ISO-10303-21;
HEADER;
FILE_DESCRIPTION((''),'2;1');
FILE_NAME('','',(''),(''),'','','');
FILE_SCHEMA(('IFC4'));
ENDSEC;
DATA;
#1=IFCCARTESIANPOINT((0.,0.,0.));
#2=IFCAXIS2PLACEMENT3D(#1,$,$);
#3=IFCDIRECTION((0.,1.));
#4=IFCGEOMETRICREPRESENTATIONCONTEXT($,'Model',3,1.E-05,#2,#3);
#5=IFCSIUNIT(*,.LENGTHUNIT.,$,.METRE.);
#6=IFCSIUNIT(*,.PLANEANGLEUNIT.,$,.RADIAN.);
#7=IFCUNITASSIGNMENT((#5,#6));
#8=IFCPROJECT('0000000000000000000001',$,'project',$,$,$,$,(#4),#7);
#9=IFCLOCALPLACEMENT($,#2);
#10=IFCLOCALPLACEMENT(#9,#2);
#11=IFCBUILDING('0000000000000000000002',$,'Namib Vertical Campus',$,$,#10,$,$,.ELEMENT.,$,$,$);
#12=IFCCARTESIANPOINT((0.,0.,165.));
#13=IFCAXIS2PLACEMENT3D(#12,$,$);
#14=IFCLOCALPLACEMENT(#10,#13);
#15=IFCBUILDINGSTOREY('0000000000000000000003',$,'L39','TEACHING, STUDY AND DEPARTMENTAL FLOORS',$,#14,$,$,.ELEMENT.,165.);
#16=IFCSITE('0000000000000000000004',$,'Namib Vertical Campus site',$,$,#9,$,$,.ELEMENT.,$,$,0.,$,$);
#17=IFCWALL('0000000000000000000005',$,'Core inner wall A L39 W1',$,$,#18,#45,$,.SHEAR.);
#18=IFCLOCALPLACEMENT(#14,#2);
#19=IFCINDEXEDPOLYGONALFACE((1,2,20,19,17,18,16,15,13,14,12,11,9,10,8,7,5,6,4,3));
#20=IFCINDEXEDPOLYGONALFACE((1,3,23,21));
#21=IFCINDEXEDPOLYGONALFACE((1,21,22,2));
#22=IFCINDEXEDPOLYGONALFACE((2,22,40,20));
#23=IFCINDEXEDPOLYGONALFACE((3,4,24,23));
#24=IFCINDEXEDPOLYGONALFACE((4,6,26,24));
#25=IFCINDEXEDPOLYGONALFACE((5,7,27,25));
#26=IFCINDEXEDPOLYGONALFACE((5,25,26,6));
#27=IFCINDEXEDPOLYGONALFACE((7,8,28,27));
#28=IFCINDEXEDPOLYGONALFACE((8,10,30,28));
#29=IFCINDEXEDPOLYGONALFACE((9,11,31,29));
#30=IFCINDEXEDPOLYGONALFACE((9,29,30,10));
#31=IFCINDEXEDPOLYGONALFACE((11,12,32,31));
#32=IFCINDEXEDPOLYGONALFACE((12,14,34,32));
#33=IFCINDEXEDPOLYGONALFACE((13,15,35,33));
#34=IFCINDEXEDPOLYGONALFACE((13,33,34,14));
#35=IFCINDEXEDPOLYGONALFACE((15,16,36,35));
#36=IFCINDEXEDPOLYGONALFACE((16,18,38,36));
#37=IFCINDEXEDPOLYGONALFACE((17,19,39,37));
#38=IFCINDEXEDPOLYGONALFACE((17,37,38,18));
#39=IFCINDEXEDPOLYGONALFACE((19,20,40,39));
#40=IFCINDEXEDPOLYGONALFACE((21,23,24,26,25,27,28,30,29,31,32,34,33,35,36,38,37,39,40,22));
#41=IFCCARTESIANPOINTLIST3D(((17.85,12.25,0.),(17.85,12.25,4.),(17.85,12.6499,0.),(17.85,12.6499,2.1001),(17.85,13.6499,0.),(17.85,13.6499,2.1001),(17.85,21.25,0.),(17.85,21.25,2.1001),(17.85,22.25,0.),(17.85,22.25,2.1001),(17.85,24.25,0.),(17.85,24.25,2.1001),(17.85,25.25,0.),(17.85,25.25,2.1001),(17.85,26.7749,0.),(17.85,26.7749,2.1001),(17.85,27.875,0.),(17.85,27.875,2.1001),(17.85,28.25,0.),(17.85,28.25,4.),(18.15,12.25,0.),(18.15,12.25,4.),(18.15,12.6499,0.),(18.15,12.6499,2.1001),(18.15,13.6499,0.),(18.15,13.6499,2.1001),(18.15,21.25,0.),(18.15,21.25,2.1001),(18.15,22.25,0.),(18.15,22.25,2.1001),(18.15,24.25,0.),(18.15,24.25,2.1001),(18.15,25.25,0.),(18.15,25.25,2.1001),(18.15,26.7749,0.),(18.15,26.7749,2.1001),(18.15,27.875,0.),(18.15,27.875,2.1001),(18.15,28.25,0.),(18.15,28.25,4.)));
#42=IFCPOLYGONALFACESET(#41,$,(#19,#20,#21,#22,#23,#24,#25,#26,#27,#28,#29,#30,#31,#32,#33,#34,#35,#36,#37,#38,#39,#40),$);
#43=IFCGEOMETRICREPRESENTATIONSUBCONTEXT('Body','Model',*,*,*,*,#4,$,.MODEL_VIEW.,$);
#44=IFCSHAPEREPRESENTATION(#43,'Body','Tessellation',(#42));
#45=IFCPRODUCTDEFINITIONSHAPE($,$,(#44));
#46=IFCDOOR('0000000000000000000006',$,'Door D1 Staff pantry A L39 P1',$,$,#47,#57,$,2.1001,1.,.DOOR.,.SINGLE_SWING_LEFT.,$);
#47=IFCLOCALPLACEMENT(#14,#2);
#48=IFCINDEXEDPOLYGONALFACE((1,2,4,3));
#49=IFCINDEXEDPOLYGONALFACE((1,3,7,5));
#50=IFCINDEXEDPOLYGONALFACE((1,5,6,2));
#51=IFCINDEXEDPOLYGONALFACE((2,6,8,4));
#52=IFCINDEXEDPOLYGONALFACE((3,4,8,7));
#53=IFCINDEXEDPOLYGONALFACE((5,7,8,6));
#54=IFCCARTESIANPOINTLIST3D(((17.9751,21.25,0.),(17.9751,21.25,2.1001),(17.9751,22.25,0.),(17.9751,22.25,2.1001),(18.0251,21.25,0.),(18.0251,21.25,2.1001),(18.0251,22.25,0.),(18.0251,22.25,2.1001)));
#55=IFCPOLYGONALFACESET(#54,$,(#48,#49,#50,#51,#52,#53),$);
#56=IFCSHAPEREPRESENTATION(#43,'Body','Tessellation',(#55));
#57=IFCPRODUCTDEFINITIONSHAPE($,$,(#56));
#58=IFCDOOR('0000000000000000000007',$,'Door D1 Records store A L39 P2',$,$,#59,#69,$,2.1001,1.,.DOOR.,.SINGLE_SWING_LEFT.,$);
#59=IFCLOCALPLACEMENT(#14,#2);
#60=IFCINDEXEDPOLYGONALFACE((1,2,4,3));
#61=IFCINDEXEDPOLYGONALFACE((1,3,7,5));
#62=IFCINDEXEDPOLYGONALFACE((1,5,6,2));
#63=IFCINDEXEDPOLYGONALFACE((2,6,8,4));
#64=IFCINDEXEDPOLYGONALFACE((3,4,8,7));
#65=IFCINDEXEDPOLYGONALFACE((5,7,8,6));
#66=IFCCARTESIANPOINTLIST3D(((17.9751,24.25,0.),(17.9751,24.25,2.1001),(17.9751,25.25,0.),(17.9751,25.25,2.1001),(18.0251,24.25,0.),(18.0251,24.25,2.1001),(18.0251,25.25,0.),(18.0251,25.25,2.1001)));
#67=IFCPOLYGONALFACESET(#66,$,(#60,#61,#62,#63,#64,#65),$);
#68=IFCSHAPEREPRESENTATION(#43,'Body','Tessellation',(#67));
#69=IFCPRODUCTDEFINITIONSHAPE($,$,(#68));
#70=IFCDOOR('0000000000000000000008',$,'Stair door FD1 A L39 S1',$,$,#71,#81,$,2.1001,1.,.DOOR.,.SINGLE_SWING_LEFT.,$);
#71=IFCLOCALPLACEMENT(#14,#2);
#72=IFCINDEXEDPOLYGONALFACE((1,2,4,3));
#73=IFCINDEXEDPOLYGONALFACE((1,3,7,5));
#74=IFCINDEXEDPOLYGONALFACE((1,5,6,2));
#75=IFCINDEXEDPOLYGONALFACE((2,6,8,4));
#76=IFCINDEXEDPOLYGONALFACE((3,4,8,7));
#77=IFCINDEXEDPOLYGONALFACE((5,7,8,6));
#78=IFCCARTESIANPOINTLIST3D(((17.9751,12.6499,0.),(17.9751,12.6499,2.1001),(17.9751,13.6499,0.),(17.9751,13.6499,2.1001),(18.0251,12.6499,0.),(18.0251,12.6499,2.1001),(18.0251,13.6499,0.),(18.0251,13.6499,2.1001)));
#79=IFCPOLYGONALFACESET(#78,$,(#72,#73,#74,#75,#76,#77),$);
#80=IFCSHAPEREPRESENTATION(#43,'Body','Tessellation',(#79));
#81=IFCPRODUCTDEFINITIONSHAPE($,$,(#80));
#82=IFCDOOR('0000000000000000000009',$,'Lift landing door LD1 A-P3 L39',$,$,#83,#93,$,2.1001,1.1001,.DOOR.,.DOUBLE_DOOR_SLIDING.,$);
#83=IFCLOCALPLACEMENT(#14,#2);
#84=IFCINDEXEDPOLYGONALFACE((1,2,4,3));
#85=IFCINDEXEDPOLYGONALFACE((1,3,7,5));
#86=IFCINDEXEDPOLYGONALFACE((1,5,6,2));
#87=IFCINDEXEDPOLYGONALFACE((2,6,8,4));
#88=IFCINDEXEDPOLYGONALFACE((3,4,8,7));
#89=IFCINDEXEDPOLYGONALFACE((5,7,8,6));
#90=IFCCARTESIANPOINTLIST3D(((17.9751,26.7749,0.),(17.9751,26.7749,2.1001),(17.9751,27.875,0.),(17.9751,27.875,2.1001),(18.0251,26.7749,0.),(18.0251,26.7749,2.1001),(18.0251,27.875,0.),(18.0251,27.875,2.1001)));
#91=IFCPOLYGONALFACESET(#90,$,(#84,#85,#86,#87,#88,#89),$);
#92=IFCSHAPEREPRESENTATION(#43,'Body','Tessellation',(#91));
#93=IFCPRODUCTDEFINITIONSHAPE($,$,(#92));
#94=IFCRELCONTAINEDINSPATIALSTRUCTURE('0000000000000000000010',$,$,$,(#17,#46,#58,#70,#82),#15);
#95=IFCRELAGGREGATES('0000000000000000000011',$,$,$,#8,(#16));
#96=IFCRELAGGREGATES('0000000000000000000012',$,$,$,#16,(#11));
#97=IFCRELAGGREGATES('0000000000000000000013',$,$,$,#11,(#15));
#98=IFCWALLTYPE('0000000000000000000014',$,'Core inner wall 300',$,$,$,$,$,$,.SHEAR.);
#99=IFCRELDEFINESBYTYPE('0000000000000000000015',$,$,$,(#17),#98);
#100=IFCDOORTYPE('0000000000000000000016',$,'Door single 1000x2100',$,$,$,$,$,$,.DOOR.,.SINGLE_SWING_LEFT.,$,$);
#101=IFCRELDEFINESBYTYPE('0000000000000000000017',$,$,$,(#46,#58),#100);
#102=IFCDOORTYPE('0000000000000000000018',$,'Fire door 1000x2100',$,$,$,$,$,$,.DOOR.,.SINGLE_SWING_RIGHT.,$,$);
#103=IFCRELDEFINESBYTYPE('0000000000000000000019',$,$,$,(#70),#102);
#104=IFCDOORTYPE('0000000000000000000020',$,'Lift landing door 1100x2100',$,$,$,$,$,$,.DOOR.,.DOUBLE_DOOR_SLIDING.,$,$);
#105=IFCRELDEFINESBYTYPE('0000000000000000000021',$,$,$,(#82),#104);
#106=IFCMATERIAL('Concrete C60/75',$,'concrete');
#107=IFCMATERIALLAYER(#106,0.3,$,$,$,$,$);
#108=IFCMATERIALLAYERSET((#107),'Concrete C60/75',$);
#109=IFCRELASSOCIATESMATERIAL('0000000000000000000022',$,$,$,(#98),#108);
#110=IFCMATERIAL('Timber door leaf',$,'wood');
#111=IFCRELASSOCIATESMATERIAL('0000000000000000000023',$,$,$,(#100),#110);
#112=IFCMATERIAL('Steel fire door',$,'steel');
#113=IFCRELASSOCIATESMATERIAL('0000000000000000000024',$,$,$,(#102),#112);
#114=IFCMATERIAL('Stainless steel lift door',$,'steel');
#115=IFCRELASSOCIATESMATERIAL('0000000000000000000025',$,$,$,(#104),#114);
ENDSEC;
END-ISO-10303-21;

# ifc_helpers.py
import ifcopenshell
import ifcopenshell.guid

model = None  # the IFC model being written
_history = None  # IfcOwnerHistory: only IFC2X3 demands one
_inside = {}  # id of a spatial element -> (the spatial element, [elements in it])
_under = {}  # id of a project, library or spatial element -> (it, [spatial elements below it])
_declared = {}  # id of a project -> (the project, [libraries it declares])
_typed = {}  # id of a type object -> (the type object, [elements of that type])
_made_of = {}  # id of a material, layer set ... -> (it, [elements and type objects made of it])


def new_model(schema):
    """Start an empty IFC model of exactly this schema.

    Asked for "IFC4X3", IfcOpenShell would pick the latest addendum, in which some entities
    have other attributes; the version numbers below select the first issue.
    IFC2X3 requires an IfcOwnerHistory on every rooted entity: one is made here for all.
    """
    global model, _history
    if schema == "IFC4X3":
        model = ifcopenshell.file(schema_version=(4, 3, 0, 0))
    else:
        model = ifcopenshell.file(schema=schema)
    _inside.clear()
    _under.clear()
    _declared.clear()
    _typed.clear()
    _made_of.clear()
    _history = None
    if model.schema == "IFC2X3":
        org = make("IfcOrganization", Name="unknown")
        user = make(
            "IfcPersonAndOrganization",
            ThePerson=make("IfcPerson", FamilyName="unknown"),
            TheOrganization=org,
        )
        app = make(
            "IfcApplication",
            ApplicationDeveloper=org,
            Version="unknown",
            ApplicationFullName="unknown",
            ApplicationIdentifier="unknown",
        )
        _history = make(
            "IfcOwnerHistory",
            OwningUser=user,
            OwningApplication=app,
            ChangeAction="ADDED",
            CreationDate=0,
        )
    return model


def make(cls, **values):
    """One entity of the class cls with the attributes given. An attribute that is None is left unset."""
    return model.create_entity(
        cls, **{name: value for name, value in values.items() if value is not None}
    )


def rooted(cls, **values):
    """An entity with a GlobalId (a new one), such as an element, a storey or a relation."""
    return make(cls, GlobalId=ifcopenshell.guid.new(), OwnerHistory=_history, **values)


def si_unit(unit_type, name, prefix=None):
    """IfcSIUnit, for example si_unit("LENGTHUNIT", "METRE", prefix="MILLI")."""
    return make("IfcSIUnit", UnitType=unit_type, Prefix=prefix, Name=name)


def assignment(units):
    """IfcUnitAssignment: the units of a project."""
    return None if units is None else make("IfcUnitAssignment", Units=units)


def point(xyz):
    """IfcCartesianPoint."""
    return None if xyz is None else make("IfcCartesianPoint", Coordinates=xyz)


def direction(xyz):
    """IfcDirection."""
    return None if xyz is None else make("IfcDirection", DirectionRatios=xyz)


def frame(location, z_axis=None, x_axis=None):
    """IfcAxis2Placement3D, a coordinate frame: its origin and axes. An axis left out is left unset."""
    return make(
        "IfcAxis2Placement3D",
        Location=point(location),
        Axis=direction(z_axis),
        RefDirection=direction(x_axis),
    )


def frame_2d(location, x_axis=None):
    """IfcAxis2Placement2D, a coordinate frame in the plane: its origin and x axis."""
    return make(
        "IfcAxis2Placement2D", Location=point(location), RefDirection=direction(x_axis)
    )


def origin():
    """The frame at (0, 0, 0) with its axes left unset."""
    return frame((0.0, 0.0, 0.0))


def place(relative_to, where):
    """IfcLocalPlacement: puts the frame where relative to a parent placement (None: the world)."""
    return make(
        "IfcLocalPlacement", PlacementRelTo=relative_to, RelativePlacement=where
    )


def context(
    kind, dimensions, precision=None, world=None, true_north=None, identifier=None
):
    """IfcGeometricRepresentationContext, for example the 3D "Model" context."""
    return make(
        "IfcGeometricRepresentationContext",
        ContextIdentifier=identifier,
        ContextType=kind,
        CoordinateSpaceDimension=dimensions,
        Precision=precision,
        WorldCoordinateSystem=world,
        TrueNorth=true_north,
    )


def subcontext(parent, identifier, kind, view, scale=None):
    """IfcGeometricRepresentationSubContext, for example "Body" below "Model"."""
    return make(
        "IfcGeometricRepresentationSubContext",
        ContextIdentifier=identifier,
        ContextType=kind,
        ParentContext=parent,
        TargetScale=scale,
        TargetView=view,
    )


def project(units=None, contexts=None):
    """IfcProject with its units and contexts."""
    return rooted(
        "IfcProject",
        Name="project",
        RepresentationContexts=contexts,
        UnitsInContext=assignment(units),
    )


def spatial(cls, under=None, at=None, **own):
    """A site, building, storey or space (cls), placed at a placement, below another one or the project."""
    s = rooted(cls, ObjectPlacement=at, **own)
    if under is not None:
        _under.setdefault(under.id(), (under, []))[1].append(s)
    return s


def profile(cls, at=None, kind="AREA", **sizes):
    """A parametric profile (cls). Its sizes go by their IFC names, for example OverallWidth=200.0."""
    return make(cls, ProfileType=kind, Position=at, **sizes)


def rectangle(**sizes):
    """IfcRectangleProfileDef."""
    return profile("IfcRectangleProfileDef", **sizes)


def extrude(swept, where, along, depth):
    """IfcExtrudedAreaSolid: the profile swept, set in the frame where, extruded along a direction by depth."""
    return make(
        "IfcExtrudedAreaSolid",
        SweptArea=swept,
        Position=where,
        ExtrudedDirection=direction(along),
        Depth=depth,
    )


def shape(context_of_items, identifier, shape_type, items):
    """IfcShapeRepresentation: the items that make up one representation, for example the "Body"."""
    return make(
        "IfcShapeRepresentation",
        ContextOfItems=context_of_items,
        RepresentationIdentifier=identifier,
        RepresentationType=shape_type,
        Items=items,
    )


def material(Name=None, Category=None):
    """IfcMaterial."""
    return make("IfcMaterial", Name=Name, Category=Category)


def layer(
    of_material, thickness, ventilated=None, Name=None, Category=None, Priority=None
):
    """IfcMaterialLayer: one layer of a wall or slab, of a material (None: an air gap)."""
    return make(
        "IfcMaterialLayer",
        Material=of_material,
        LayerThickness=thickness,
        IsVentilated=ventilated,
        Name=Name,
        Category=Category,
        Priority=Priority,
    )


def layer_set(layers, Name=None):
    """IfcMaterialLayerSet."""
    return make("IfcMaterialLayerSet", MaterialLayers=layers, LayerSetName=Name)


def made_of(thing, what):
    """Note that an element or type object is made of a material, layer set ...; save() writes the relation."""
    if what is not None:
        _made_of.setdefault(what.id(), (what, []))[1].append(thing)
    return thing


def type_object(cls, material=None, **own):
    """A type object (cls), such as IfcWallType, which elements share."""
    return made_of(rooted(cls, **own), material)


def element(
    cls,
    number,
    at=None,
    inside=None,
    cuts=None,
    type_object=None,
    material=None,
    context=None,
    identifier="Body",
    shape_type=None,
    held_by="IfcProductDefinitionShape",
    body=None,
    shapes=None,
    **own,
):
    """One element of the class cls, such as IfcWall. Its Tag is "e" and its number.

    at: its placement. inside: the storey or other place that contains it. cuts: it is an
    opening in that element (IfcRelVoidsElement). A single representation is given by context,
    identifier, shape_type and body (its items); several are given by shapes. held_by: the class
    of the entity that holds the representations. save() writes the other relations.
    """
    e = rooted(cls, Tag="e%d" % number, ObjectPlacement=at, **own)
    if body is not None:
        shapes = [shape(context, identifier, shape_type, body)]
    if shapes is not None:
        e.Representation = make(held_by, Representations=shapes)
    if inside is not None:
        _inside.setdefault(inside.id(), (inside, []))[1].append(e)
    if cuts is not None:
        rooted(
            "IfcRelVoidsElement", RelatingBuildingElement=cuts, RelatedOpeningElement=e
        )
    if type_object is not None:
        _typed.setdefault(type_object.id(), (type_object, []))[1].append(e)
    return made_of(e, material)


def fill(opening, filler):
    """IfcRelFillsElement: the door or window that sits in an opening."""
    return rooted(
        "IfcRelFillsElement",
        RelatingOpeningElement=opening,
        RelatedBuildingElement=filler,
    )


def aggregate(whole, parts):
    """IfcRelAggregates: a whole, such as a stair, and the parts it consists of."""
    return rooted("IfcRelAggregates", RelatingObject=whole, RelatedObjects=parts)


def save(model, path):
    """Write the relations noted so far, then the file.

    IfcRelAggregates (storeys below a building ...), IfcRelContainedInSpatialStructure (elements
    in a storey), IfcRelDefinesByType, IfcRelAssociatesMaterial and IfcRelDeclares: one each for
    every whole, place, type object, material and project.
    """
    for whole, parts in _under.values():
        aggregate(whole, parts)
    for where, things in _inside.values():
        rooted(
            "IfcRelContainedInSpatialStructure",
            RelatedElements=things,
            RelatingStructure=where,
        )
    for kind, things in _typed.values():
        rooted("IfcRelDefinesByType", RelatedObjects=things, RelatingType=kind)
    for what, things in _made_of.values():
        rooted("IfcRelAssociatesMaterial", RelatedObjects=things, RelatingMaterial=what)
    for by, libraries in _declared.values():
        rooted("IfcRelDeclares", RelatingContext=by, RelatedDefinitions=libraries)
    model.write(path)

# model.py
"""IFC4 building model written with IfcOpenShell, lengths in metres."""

from ifc_helpers import new_model, si_unit, direction, frame, frame_2d, origin, place, context, subcontext, project, spatial, rectangle, extrude, material, layer, layer_set, type_object, element, fill, save


model = new_model("IFC4")

# Units and contexts
model_context = context("Model", 3, precision=1e-05, world=origin(), true_north=direction((0.0, 1.0)))
body_context = subcontext(model_context, "Body", "Model", "MODEL_VIEW")
ifc_project = project(units=[si_unit("LENGTHUNIT", "METRE"), si_unit("PLANEANGLEUNIT", "RADIAN")], contexts=[model_context])

# Site, building, storey
site_placement = place(None, origin())
site = spatial("IfcSite", under=ifc_project, at=site_placement, Name="Namib Vertical Campus site", CompositionType="ELEMENT", RefElevation=0.0)
building_placement = place(site_placement, origin())
building = spatial("IfcBuilding", under=site, at=building_placement, Name="Namib Vertical Campus", CompositionType="ELEMENT")
storey_placement = place(building_placement, frame((0.0, 0.0, 165.0)))
storey = spatial("IfcBuildingStorey", under=building, at=storey_placement, Name="L39", Description="TEACHING, STUDY AND DEPARTMENTAL FLOORS", CompositionType="ELEMENT", Elevation=165.0)

# Wall, openings, doors
ifc_material_1 = material(Name="Concrete C60/75", Category="concrete")
ifc_layer_1 = layer(ifc_material_1, 0.3)
ifc_layer_set_1 = layer_set([ifc_layer_1], Name="Concrete C60/75")
wall_type_1 = type_object("IfcWallType", Name="Core inner wall 300", PredefinedType="SHEAR", material=ifc_layer_set_1)
wall_1_placement = place(storey_placement, frame((18.0, 12.25, 0.0), z_axis=(0.0, 0.0, 1.0), x_axis=(0.0, 1.0, 0.0)))
wall_1 = element("IfcWall", 1, at=wall_1_placement, inside=storey, type_object=wall_type_1, Name="Core inner wall A L39 W1", PredefinedType="SHEAR", context=body_context, shape_type="SweptSolid", body=[
    extrude(rectangle(XDim=16.0, YDim=0.3, at=frame_2d((8.0, 0.0))), origin(), (0.0, 0.0, 1.0), 4.0),
])
opening_1_placement = place(wall_1_placement, frame((0.3999, 0.0, 0.0)))
opening_1 = element("IfcOpeningElement", 2, at=opening_1_placement, cuts=wall_1, PredefinedType="OPENING", context=body_context, shape_type="SweptSolid", body=[
    extrude(rectangle(XDim=1.0, YDim=2.1001, at=frame_2d((0.5, 1.05))), frame((0.0, 0.1599, 0.0), z_axis=(0.0, -1.0, 0.0), x_axis=(1.0, 0.0, 0.0)), (0.0, 0.0, 1.0), 0.3201),
])
opening_2_placement = place(wall_1_placement, frame((14.5249, 0.0, 0.0)))
opening_2 = element("IfcOpeningElement", 3, at=opening_2_placement, cuts=wall_1, PredefinedType="OPENING", context=body_context, shape_type="SweptSolid", body=[
    extrude(rectangle(XDim=1.1001, YDim=2.1001, at=frame_2d((0.55, 1.05))), frame((0.0, 0.1599, 0.0), z_axis=(0.0, -1.0, 0.0), x_axis=(1.0, 0.0, 0.0)), (0.0, 0.0, 1.0), 0.3201),
])
opening_3_placement = place(wall_1_placement, frame((9.0, 0.0, 0.0)))
opening_3 = element("IfcOpeningElement", 4, at=opening_3_placement, cuts=wall_1, PredefinedType="OPENING", context=body_context, shape_type="SweptSolid", body=[
    extrude(rectangle(XDim=1.0, YDim=2.1001, at=frame_2d((0.5, 1.05))), frame((0.0, 0.1599, 0.0), z_axis=(0.0, -1.0, 0.0), x_axis=(1.0, 0.0, 0.0)), (0.0, 0.0, 1.0), 0.3201),
])
opening_4_placement = place(wall_1_placement, frame((12.0, 0.0, 0.0)))
opening_4 = element("IfcOpeningElement", 5, at=opening_4_placement, cuts=wall_1, PredefinedType="OPENING", context=body_context, shape_type="SweptSolid", body=[
    extrude(rectangle(XDim=1.0, YDim=2.1001, at=frame_2d((0.5, 1.05))), frame((0.0, 0.1599, 0.0), z_axis=(0.0, -1.0, 0.0), x_axis=(1.0, 0.0, 0.0)), (0.0, 0.0, 1.0), 0.3201),
])
ifc_material_2 = material(Name="Timber door leaf", Category="wood")
door_type_1 = type_object("IfcDoorType", Name="Door single 1000x2100", OperationType="SINGLE_SWING_LEFT", PredefinedType="DOOR", material=ifc_material_2)
door_1_placement = place(opening_3_placement, origin())
door_1 = element("IfcDoor", 6, at=door_1_placement, inside=storey, type_object=door_type_1, Name="Door D1 Staff pantry A L39 P1", OperationType="SINGLE_SWING_LEFT", OverallHeight=2.1001, OverallWidth=1.0, PredefinedType="DOOR", context=body_context, shape_type="SweptSolid", body=[
    extrude(rectangle(XDim=1.0, YDim=2.1001, at=frame_2d((0.5, 1.05))), frame((0.0, 0.0249, 0.0), z_axis=(0.0, -1.0, 0.0), x_axis=(1.0, 0.0, 0.0)), (0.0, 0.0, 1.0), 0.05),
])
fill(opening_3, door_1)
door_2_placement = place(opening_4_placement, origin())
door_2 = element("IfcDoor", 7, at=door_2_placement, inside=storey, type_object=door_type_1, Name="Door D1 Records store A L39 P2", OperationType="SINGLE_SWING_LEFT", OverallHeight=2.1001, OverallWidth=1.0, PredefinedType="DOOR", context=body_context, shape_type="SweptSolid", body=[
    extrude(rectangle(XDim=1.0, YDim=2.1001, at=frame_2d((0.5, 1.05))), frame((0.0, 0.0249, 0.0), z_axis=(0.0, -1.0, 0.0), x_axis=(1.0, 0.0, 0.0)), (0.0, 0.0, 1.0), 0.05),
])
fill(opening_4, door_2)
ifc_material_3 = material(Name="Steel fire door", Category="steel")
door_type_2 = type_object("IfcDoorType", Name="Fire door 1000x2100", OperationType="SINGLE_SWING_RIGHT", PredefinedType="DOOR", material=ifc_material_3)
door_3_placement = place(opening_1_placement, origin())
door_3 = element("IfcDoor", 8, at=door_3_placement, inside=storey, type_object=door_type_2, Name="Stair door FD1 A L39 S1", OperationType="SINGLE_SWING_LEFT", OverallHeight=2.1001, OverallWidth=1.0, PredefinedType="DOOR", context=body_context, shape_type="SweptSolid", body=[
    extrude(rectangle(XDim=1.0, YDim=2.1001, at=frame_2d((0.5, 1.05))), frame((0.0, 0.0249, 0.0), z_axis=(0.0, -1.0, 0.0), x_axis=(1.0, 0.0, 0.0)), (0.0, 0.0, 1.0), 0.05),
])
fill(opening_1, door_3)
ifc_material_4 = material(Name="Stainless steel lift door", Category="steel")
door_type_3 = type_object("IfcDoorType", Name="Lift landing door 1100x2100", OperationType="DOUBLE_DOOR_SLIDING", PredefinedType="DOOR", material=ifc_material_4)
door_4_placement = place(opening_2_placement, origin())
door_4 = element("IfcDoor", 9, at=door_4_placement, inside=storey, type_object=door_type_3, Name="Lift landing door LD1 A-P3 L39", OperationType="DOUBLE_DOOR_SLIDING", OverallHeight=2.1001, OverallWidth=1.1001, PredefinedType="DOOR", context=body_context, shape_type="SweptSolid", body=[
    extrude(rectangle(XDim=1.1001, YDim=2.1001, at=frame_2d((0.55, 1.05))), frame((0.0, 0.0249, 0.0), z_axis=(0.0, -1.0, 0.0), x_axis=(1.0, 0.0, 0.0)), (0.0, 0.0, 1.0), 0.05),
])
fill(opening_2, door_4)

save(model, "model.ifc")
